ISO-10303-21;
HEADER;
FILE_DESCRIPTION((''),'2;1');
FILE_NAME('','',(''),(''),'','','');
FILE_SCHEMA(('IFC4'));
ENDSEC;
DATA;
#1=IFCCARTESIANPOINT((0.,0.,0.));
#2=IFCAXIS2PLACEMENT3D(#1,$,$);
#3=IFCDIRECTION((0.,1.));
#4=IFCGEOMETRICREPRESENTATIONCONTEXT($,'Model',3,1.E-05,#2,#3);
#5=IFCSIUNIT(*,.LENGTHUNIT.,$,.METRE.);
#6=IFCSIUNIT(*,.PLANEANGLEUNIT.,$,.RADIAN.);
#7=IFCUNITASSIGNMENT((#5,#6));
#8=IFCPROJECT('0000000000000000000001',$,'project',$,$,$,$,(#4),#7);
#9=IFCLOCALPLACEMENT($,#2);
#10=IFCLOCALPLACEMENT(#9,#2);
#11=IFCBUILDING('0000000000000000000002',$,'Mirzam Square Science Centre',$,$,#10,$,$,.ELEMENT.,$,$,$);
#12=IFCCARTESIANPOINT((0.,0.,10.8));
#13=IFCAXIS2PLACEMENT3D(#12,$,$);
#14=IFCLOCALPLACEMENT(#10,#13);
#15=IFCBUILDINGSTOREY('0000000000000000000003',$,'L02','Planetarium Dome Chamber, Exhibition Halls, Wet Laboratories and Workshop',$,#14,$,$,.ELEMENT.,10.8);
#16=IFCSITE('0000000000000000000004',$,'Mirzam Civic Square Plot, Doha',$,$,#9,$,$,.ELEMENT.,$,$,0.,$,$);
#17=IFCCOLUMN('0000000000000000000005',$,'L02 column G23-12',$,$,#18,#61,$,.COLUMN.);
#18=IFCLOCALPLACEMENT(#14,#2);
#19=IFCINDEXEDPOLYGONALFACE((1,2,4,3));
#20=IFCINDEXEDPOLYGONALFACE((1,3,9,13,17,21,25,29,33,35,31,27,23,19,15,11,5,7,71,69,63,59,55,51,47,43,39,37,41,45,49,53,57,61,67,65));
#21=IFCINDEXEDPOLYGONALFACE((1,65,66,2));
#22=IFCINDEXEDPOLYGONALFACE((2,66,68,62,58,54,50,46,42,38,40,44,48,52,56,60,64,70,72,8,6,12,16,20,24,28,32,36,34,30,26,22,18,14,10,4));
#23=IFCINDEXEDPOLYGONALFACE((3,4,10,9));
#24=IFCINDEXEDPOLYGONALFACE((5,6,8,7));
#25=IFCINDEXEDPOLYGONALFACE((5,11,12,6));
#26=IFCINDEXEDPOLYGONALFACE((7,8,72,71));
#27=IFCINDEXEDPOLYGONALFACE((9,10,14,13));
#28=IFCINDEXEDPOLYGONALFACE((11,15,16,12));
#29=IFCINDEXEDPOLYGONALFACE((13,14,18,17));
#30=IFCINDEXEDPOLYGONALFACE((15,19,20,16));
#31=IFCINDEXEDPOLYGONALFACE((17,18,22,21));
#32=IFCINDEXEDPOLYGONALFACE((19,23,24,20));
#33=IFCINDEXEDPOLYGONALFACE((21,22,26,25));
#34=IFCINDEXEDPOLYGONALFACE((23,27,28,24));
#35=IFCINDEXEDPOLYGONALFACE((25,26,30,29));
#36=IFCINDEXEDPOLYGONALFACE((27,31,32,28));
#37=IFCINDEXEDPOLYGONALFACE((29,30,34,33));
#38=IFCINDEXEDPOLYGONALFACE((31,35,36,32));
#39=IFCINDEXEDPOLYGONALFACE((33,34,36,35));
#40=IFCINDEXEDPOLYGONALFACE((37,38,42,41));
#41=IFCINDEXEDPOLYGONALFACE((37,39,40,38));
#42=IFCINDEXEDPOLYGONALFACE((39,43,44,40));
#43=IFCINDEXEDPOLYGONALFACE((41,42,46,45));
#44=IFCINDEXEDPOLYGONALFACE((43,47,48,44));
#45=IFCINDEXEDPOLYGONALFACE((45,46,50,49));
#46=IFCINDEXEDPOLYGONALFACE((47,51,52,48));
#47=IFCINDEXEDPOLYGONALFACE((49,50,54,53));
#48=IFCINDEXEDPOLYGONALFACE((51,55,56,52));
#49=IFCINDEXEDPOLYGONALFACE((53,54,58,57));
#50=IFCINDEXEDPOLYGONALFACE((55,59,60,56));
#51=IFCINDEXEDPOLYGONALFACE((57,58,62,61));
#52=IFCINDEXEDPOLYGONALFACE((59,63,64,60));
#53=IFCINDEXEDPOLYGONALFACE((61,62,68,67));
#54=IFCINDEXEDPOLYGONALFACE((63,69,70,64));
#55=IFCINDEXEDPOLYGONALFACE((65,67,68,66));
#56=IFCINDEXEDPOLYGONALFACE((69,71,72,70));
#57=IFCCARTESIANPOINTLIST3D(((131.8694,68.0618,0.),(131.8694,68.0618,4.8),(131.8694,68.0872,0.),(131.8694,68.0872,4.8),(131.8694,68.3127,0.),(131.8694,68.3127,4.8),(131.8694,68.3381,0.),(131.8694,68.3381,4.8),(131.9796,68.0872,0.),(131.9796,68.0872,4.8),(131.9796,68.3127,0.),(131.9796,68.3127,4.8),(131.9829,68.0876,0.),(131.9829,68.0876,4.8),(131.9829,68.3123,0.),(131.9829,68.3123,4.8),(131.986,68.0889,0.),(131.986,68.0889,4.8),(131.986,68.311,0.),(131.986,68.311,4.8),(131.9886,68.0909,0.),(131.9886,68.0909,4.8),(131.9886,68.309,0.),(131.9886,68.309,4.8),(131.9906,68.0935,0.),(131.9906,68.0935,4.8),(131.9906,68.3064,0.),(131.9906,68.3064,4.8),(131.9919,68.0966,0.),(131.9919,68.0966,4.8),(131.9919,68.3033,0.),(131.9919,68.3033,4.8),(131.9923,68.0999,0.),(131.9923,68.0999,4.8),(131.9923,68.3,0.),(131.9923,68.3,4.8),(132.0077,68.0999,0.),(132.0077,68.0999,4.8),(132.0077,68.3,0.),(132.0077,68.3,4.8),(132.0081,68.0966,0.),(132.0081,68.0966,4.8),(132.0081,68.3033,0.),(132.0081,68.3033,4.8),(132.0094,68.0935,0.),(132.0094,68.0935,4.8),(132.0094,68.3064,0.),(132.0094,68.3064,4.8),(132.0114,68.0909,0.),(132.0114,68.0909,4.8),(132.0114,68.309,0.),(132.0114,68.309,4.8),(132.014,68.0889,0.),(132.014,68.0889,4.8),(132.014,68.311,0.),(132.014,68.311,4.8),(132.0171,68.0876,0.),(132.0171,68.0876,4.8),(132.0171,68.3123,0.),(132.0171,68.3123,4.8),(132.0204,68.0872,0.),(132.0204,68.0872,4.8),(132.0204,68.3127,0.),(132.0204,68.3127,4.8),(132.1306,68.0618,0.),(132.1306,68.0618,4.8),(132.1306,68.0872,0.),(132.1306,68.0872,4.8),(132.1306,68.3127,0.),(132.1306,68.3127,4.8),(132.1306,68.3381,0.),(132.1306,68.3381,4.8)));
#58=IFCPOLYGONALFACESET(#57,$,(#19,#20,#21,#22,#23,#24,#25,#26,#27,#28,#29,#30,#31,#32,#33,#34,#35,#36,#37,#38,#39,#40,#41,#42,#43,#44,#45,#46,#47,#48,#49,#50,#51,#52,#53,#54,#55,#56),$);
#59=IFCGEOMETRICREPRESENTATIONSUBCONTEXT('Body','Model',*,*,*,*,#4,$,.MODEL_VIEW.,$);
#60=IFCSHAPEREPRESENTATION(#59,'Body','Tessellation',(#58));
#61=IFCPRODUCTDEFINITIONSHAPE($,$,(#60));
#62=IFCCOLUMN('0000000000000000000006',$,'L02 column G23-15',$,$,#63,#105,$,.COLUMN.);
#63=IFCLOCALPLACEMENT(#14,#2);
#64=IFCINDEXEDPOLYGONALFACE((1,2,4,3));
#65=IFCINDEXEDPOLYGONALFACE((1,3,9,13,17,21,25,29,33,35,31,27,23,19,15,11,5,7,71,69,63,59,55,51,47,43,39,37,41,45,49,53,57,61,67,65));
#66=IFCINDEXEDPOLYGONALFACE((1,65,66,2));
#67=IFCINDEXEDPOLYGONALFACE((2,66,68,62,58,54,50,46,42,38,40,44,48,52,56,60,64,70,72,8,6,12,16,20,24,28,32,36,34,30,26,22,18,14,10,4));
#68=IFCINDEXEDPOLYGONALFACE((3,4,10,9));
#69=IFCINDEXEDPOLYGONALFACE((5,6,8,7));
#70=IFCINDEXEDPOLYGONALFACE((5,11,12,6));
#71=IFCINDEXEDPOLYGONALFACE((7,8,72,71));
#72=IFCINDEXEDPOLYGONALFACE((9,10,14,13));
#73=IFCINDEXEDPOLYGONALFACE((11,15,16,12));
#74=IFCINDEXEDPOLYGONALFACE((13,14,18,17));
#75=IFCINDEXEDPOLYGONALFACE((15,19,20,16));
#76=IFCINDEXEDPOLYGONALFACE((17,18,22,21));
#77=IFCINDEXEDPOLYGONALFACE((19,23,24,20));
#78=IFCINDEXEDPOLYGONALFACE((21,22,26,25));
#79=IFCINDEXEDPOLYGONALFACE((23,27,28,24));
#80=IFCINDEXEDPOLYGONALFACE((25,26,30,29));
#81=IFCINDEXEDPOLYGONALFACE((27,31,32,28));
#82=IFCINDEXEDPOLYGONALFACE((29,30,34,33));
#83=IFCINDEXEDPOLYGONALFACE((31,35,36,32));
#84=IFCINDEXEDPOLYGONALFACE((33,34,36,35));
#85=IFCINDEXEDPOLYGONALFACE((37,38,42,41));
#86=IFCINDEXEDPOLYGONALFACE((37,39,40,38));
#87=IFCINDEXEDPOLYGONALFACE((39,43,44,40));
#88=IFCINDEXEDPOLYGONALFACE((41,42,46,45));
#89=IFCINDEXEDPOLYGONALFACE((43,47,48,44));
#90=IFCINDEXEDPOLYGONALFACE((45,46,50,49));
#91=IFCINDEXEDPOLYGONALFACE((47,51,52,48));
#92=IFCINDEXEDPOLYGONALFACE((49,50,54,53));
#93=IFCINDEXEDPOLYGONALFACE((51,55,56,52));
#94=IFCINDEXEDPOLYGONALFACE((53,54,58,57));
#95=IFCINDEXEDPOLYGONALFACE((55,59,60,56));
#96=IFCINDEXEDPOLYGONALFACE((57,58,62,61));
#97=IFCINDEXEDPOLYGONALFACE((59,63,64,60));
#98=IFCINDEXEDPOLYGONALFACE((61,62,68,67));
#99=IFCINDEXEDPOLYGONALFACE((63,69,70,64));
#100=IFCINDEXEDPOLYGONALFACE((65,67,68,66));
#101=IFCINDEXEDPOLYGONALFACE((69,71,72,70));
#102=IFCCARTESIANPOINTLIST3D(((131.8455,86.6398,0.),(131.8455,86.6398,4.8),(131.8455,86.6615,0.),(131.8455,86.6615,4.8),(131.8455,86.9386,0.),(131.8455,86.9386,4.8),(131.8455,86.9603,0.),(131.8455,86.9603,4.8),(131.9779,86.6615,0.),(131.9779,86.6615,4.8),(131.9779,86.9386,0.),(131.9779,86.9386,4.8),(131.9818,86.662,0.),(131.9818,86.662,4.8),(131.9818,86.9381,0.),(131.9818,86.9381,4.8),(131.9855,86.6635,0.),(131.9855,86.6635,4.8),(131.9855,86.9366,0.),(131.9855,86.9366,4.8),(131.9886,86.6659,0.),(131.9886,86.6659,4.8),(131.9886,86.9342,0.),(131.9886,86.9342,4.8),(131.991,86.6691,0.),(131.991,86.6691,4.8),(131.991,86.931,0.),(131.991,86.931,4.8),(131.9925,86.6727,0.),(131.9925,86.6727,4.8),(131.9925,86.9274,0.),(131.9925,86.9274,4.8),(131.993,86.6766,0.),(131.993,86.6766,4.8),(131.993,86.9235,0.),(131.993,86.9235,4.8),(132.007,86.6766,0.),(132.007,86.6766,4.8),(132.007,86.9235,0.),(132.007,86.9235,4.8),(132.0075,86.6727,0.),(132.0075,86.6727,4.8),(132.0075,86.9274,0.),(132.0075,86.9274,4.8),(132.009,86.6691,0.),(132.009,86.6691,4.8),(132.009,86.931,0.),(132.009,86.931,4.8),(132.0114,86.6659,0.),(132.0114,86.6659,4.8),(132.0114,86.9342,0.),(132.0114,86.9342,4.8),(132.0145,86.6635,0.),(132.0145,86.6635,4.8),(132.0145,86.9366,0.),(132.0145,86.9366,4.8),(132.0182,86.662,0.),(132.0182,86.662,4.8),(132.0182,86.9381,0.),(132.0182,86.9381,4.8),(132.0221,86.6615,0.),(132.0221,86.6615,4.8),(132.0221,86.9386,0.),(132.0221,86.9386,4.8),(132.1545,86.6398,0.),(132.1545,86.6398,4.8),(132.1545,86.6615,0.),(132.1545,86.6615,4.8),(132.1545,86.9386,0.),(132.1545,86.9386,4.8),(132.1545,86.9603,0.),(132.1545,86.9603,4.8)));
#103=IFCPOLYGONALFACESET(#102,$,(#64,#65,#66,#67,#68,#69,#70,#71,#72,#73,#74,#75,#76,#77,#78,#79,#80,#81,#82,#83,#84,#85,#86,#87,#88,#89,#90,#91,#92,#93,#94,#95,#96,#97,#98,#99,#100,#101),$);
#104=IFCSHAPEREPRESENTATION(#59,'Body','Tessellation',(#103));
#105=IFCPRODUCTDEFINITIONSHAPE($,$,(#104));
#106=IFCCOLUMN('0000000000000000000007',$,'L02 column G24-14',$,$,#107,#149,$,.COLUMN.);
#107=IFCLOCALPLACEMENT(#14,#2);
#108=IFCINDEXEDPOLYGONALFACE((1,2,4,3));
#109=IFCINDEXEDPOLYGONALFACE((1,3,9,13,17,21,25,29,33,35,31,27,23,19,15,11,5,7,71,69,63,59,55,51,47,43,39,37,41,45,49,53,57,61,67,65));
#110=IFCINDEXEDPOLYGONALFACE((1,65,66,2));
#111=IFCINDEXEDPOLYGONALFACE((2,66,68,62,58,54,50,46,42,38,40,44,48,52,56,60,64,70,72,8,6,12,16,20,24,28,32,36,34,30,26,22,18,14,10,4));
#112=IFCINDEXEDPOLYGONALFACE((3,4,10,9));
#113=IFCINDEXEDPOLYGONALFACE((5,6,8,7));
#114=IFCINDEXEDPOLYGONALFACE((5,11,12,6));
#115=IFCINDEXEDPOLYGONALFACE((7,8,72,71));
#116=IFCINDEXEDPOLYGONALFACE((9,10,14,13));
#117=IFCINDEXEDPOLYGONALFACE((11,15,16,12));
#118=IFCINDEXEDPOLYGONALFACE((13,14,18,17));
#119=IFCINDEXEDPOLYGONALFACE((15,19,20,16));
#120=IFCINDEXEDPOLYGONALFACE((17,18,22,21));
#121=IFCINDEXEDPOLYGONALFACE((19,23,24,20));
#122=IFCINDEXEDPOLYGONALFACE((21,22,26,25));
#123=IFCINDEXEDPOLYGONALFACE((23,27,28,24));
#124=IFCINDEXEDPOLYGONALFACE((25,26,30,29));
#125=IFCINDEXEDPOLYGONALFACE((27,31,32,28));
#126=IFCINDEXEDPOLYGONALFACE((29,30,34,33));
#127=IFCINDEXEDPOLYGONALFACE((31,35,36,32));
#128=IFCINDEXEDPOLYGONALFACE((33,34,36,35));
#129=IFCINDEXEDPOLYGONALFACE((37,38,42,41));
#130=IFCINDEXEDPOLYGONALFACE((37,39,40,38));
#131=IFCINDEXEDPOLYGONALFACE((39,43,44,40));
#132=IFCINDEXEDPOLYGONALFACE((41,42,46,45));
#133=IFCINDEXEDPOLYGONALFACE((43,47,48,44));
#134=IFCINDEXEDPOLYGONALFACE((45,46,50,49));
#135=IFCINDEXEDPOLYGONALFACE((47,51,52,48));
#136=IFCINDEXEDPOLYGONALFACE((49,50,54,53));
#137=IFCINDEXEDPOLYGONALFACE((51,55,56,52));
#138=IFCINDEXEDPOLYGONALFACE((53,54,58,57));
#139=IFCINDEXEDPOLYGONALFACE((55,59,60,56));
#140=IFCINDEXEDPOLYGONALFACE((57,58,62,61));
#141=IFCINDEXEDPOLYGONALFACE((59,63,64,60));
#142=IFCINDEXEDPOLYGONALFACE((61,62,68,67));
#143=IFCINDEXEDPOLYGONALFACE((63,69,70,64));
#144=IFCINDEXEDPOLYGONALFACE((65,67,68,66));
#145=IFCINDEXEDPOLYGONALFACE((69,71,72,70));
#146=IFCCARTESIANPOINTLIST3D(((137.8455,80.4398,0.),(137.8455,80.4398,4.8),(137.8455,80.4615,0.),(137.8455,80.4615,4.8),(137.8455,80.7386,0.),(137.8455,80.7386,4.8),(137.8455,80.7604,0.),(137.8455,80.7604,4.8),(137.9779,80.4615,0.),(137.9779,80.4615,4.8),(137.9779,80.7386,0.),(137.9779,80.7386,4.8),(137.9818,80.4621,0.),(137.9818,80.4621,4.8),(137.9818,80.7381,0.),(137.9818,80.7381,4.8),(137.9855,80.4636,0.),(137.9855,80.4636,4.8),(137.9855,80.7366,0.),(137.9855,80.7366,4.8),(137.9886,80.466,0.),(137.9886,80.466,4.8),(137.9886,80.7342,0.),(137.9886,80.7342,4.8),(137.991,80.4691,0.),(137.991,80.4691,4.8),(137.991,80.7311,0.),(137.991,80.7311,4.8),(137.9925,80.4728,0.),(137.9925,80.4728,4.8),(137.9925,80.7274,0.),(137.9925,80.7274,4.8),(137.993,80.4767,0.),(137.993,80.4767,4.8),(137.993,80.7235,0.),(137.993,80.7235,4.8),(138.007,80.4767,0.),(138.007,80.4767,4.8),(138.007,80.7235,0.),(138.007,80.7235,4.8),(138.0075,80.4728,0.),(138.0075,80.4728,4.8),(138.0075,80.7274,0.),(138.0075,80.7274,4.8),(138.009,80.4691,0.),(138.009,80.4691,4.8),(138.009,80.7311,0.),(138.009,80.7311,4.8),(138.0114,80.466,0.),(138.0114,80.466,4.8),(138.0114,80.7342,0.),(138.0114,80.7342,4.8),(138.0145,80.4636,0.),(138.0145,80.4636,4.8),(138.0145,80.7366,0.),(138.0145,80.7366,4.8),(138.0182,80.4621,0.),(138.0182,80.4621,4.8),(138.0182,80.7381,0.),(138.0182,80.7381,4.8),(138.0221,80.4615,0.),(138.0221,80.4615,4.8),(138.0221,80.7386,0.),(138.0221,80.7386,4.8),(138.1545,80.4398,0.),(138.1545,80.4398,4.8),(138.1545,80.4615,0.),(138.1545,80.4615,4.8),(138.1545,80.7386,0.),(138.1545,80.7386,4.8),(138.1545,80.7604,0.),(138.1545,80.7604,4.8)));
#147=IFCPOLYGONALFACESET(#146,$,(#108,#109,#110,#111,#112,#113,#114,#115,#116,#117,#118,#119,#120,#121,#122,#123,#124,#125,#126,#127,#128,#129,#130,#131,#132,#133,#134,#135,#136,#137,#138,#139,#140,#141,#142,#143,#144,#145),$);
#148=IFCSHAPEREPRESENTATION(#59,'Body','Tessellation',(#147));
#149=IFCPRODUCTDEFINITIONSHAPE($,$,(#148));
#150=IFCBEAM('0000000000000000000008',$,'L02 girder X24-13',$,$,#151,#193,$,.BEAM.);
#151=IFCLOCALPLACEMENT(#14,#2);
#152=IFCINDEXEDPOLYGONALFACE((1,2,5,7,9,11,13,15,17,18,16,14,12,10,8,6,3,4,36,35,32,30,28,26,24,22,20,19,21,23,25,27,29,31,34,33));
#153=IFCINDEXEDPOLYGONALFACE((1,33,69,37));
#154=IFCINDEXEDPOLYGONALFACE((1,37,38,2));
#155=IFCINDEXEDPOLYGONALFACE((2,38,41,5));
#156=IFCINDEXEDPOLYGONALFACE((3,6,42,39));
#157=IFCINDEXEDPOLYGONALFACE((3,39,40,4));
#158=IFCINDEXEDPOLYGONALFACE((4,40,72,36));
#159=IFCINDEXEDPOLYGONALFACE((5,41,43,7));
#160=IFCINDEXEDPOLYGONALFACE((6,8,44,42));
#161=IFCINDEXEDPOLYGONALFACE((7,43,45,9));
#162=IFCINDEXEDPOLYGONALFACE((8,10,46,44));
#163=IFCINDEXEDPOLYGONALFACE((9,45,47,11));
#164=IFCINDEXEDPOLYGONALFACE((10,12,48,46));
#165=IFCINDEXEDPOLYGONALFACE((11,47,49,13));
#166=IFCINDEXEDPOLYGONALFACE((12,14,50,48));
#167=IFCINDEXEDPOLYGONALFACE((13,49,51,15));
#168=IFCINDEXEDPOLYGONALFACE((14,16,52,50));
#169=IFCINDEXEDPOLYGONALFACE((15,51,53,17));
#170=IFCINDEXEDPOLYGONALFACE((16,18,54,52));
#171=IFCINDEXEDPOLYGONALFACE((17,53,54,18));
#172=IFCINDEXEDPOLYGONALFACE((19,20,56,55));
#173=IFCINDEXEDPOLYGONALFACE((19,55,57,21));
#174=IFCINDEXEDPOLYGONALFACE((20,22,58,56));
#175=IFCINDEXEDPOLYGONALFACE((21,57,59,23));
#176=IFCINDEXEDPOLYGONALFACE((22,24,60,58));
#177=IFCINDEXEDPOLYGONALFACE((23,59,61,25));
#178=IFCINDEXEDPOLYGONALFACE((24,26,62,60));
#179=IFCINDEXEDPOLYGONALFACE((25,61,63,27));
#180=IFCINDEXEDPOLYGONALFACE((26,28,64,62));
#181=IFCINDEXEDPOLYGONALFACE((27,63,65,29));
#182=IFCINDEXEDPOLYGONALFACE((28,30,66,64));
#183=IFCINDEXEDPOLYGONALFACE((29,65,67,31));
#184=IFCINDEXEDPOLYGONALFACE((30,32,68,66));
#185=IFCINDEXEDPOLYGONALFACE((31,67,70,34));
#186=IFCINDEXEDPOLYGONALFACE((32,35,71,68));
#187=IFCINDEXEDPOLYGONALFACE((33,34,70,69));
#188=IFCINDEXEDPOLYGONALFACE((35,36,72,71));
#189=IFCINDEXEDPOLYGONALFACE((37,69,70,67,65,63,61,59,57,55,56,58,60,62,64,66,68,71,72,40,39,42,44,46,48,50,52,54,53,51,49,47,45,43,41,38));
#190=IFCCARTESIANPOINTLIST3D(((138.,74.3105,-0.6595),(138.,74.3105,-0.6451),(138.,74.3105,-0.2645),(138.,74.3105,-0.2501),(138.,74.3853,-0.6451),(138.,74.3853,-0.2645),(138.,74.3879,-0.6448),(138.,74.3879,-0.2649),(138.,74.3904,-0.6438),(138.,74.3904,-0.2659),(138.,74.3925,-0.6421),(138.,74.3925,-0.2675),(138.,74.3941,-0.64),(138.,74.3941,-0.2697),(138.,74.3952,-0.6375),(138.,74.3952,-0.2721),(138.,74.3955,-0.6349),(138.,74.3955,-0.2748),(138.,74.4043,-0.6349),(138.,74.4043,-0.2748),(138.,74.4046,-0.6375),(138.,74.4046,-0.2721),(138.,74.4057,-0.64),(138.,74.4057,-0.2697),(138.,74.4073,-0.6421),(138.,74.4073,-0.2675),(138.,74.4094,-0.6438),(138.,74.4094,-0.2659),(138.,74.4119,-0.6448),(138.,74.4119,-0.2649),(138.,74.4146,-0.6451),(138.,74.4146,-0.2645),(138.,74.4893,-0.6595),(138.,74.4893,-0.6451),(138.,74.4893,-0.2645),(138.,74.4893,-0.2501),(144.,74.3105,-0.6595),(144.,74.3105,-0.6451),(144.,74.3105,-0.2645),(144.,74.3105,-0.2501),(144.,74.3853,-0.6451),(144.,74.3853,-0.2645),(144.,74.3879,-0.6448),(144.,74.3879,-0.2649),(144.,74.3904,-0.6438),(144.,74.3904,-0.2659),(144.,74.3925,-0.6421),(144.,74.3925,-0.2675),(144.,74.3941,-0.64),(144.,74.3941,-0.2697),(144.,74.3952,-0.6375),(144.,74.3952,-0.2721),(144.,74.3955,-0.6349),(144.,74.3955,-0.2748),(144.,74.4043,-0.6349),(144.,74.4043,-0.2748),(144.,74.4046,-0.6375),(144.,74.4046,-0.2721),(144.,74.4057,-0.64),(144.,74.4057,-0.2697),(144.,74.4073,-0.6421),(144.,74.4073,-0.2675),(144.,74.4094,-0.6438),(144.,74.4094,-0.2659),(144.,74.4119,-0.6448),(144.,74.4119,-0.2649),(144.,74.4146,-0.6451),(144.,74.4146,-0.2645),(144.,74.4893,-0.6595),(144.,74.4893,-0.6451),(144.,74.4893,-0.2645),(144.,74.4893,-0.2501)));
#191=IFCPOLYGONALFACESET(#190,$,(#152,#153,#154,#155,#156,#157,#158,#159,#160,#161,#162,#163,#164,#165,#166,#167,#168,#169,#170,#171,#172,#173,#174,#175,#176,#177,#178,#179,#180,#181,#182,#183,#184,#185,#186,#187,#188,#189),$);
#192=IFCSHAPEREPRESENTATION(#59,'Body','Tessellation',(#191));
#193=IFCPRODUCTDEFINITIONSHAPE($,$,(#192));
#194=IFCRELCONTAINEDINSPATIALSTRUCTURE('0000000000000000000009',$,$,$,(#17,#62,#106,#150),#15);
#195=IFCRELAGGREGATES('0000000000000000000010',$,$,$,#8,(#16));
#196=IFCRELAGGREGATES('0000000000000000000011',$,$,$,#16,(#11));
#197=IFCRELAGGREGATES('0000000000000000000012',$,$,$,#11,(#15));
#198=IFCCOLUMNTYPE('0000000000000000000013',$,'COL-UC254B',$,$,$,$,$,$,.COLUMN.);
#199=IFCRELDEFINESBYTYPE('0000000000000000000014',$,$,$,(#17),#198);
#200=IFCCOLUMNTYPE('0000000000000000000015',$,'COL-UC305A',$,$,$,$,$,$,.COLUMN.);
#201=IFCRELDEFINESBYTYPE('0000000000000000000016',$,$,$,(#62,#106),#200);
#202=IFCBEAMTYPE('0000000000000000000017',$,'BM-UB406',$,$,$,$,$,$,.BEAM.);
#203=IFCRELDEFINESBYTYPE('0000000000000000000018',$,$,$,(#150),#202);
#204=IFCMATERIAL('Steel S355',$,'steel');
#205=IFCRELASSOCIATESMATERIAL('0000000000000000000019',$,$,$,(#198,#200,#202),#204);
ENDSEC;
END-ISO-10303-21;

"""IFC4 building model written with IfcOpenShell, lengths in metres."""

from ifc_helpers import new_model, si_unit, direction, frame, origin, origin_2d, place, context, subcontext, project, spatial, i_section, extrude, material, material_profile, profile_set, type_object, element, save


model = new_model("IFC4")

# Units and contexts
model_context = context("Model", 3, precision=1e-05, world=origin(), true_north=direction((0.0, 1.0)))
body_context = subcontext(model_context, "Body", "Model", "MODEL_VIEW")
ifc_project = project(units=[si_unit("LENGTHUNIT", "METRE"), si_unit("PLANEANGLEUNIT", "RADIAN")], contexts=[model_context])

# Site, building, storey
site_placement = place(None, origin())
site = spatial("IfcSite", under=ifc_project, at=site_placement, Name="Mirzam Civic Square Plot, Doha", CompositionType="ELEMENT", RefElevation=0.0)
building_placement = place(site_placement, origin())
building = spatial("IfcBuilding", under=site, at=building_placement, Name="Mirzam Square Science Centre", CompositionType="ELEMENT")
storey_placement = place(building_placement, frame((0.0, 0.0, 10.8)))
storey = spatial("IfcBuildingStorey", under=building, at=storey_placement, Name="L02", Description="Planetarium Dome Chamber, Exhibition Halls, Wet Laboratories and Workshop", CompositionType="ELEMENT", Elevation=10.8)

# Columns
ifc_material_1 = material(Name="Steel S355", Category="steel")
ifc_material_profile_1 = material_profile(ifc_material_1, i_section(OverallWidth=0.2612, OverallDepth=0.2764, WebThickness=0.0154, FlangeThickness=0.0254, FilletRadius=0.0127, at=origin_2d()), Name="254x254x132UC")
ifc_profile_set_1 = profile_set([ifc_material_profile_1], Name="Steel S355")
column_type_1 = type_object("IfcColumnType", Name="COL-UC254B", PredefinedType="COLUMN", material=ifc_profile_set_1)
column_placement = place(storey_placement, frame((132.0, 68.2, 0.0), z_axis=(0.0, 0.0, 1.0), x_axis=(1.0, 0.0, 0.0)))
element("IfcColumn", 1, at=column_placement, inside=storey, type_object=column_type_1, Name="L02 column G23-12", PredefinedType="COLUMN", context=body_context, shape_type="SweptSolid", body=[
    extrude(i_section(OverallWidth=0.2612, OverallDepth=0.2764, WebThickness=0.0154, FlangeThickness=0.0254, FilletRadius=0.0127, at=origin_2d()), origin(), (0.0, 0.0, 1.0), 4.8),
])
ifc_material_profile_2 = material_profile(ifc_material_1, i_section(OverallWidth=0.3091, OverallDepth=0.3206, WebThickness=0.0139, FlangeThickness=0.0217, FilletRadius=0.0151, at=origin_2d()), Name="305x305x137UC")
ifc_profile_set_2 = profile_set([ifc_material_profile_2], Name="Steel S355")
column_type_2 = type_object("IfcColumnType", Name="COL-UC305A", PredefinedType="COLUMN", material=ifc_profile_set_2)
for number, where, z_axis, x_axis, name in (
    (2, (132.0, 86.8, 0.0), (0.0, 0.0, 1.0), (1.0, 0.0, 0.0), "L02 column G23-15"),
    (3, (138.0, 80.6001, 0.0), (0.0, 0.0, 1.0), (1.0, 0.0, 0.0), "L02 column G24-14"),
):
    element("IfcColumn", number, at=place(storey_placement, frame(where, z_axis=z_axis, x_axis=x_axis)), inside=storey, type_object=column_type_2, Name=name, PredefinedType="COLUMN", context=body_context, shape_type="SweptSolid", body=[
        extrude(i_section(OverallWidth=0.3091, OverallDepth=0.3206, WebThickness=0.0139, FlangeThickness=0.0217, FilletRadius=0.0151, at=origin_2d()), origin(), (0.0, 0.0, 1.0), 4.8),
    ])

# Beam
ifc_material_profile_3 = material_profile(ifc_material_1, i_section(OverallWidth=0.1787, OverallDepth=0.4094, WebThickness=0.0088, FlangeThickness=0.0144, FilletRadius=0.0103, at=origin_2d()), Name="406x178x67UB")
ifc_profile_set_3 = profile_set([ifc_material_profile_3], Name="Steel S355")
beam_type_1 = type_object("IfcBeamType", Name="BM-UB406", PredefinedType="BEAM", material=ifc_profile_set_3)
beam_1_placement = place(storey_placement, frame((138.0, 74.3999, -0.4548), z_axis=(1.0, 0.0, 0.0), x_axis=(0.0, 1.0, 0.0)))
element("IfcBeam", 4, at=beam_1_placement, inside=storey, type_object=beam_type_1, Name="L02 girder X24-13", PredefinedType="BEAM", context=body_context, shape_type="SweptSolid", body=[
    extrude(i_section(OverallWidth=0.1787, OverallDepth=0.4094, WebThickness=0.0088, FlangeThickness=0.0144, FilletRadius=0.0103, at=origin_2d()), origin(), (0.0, 0.0, 1.0), 6.0),
])

save(model, "model.ifc")
